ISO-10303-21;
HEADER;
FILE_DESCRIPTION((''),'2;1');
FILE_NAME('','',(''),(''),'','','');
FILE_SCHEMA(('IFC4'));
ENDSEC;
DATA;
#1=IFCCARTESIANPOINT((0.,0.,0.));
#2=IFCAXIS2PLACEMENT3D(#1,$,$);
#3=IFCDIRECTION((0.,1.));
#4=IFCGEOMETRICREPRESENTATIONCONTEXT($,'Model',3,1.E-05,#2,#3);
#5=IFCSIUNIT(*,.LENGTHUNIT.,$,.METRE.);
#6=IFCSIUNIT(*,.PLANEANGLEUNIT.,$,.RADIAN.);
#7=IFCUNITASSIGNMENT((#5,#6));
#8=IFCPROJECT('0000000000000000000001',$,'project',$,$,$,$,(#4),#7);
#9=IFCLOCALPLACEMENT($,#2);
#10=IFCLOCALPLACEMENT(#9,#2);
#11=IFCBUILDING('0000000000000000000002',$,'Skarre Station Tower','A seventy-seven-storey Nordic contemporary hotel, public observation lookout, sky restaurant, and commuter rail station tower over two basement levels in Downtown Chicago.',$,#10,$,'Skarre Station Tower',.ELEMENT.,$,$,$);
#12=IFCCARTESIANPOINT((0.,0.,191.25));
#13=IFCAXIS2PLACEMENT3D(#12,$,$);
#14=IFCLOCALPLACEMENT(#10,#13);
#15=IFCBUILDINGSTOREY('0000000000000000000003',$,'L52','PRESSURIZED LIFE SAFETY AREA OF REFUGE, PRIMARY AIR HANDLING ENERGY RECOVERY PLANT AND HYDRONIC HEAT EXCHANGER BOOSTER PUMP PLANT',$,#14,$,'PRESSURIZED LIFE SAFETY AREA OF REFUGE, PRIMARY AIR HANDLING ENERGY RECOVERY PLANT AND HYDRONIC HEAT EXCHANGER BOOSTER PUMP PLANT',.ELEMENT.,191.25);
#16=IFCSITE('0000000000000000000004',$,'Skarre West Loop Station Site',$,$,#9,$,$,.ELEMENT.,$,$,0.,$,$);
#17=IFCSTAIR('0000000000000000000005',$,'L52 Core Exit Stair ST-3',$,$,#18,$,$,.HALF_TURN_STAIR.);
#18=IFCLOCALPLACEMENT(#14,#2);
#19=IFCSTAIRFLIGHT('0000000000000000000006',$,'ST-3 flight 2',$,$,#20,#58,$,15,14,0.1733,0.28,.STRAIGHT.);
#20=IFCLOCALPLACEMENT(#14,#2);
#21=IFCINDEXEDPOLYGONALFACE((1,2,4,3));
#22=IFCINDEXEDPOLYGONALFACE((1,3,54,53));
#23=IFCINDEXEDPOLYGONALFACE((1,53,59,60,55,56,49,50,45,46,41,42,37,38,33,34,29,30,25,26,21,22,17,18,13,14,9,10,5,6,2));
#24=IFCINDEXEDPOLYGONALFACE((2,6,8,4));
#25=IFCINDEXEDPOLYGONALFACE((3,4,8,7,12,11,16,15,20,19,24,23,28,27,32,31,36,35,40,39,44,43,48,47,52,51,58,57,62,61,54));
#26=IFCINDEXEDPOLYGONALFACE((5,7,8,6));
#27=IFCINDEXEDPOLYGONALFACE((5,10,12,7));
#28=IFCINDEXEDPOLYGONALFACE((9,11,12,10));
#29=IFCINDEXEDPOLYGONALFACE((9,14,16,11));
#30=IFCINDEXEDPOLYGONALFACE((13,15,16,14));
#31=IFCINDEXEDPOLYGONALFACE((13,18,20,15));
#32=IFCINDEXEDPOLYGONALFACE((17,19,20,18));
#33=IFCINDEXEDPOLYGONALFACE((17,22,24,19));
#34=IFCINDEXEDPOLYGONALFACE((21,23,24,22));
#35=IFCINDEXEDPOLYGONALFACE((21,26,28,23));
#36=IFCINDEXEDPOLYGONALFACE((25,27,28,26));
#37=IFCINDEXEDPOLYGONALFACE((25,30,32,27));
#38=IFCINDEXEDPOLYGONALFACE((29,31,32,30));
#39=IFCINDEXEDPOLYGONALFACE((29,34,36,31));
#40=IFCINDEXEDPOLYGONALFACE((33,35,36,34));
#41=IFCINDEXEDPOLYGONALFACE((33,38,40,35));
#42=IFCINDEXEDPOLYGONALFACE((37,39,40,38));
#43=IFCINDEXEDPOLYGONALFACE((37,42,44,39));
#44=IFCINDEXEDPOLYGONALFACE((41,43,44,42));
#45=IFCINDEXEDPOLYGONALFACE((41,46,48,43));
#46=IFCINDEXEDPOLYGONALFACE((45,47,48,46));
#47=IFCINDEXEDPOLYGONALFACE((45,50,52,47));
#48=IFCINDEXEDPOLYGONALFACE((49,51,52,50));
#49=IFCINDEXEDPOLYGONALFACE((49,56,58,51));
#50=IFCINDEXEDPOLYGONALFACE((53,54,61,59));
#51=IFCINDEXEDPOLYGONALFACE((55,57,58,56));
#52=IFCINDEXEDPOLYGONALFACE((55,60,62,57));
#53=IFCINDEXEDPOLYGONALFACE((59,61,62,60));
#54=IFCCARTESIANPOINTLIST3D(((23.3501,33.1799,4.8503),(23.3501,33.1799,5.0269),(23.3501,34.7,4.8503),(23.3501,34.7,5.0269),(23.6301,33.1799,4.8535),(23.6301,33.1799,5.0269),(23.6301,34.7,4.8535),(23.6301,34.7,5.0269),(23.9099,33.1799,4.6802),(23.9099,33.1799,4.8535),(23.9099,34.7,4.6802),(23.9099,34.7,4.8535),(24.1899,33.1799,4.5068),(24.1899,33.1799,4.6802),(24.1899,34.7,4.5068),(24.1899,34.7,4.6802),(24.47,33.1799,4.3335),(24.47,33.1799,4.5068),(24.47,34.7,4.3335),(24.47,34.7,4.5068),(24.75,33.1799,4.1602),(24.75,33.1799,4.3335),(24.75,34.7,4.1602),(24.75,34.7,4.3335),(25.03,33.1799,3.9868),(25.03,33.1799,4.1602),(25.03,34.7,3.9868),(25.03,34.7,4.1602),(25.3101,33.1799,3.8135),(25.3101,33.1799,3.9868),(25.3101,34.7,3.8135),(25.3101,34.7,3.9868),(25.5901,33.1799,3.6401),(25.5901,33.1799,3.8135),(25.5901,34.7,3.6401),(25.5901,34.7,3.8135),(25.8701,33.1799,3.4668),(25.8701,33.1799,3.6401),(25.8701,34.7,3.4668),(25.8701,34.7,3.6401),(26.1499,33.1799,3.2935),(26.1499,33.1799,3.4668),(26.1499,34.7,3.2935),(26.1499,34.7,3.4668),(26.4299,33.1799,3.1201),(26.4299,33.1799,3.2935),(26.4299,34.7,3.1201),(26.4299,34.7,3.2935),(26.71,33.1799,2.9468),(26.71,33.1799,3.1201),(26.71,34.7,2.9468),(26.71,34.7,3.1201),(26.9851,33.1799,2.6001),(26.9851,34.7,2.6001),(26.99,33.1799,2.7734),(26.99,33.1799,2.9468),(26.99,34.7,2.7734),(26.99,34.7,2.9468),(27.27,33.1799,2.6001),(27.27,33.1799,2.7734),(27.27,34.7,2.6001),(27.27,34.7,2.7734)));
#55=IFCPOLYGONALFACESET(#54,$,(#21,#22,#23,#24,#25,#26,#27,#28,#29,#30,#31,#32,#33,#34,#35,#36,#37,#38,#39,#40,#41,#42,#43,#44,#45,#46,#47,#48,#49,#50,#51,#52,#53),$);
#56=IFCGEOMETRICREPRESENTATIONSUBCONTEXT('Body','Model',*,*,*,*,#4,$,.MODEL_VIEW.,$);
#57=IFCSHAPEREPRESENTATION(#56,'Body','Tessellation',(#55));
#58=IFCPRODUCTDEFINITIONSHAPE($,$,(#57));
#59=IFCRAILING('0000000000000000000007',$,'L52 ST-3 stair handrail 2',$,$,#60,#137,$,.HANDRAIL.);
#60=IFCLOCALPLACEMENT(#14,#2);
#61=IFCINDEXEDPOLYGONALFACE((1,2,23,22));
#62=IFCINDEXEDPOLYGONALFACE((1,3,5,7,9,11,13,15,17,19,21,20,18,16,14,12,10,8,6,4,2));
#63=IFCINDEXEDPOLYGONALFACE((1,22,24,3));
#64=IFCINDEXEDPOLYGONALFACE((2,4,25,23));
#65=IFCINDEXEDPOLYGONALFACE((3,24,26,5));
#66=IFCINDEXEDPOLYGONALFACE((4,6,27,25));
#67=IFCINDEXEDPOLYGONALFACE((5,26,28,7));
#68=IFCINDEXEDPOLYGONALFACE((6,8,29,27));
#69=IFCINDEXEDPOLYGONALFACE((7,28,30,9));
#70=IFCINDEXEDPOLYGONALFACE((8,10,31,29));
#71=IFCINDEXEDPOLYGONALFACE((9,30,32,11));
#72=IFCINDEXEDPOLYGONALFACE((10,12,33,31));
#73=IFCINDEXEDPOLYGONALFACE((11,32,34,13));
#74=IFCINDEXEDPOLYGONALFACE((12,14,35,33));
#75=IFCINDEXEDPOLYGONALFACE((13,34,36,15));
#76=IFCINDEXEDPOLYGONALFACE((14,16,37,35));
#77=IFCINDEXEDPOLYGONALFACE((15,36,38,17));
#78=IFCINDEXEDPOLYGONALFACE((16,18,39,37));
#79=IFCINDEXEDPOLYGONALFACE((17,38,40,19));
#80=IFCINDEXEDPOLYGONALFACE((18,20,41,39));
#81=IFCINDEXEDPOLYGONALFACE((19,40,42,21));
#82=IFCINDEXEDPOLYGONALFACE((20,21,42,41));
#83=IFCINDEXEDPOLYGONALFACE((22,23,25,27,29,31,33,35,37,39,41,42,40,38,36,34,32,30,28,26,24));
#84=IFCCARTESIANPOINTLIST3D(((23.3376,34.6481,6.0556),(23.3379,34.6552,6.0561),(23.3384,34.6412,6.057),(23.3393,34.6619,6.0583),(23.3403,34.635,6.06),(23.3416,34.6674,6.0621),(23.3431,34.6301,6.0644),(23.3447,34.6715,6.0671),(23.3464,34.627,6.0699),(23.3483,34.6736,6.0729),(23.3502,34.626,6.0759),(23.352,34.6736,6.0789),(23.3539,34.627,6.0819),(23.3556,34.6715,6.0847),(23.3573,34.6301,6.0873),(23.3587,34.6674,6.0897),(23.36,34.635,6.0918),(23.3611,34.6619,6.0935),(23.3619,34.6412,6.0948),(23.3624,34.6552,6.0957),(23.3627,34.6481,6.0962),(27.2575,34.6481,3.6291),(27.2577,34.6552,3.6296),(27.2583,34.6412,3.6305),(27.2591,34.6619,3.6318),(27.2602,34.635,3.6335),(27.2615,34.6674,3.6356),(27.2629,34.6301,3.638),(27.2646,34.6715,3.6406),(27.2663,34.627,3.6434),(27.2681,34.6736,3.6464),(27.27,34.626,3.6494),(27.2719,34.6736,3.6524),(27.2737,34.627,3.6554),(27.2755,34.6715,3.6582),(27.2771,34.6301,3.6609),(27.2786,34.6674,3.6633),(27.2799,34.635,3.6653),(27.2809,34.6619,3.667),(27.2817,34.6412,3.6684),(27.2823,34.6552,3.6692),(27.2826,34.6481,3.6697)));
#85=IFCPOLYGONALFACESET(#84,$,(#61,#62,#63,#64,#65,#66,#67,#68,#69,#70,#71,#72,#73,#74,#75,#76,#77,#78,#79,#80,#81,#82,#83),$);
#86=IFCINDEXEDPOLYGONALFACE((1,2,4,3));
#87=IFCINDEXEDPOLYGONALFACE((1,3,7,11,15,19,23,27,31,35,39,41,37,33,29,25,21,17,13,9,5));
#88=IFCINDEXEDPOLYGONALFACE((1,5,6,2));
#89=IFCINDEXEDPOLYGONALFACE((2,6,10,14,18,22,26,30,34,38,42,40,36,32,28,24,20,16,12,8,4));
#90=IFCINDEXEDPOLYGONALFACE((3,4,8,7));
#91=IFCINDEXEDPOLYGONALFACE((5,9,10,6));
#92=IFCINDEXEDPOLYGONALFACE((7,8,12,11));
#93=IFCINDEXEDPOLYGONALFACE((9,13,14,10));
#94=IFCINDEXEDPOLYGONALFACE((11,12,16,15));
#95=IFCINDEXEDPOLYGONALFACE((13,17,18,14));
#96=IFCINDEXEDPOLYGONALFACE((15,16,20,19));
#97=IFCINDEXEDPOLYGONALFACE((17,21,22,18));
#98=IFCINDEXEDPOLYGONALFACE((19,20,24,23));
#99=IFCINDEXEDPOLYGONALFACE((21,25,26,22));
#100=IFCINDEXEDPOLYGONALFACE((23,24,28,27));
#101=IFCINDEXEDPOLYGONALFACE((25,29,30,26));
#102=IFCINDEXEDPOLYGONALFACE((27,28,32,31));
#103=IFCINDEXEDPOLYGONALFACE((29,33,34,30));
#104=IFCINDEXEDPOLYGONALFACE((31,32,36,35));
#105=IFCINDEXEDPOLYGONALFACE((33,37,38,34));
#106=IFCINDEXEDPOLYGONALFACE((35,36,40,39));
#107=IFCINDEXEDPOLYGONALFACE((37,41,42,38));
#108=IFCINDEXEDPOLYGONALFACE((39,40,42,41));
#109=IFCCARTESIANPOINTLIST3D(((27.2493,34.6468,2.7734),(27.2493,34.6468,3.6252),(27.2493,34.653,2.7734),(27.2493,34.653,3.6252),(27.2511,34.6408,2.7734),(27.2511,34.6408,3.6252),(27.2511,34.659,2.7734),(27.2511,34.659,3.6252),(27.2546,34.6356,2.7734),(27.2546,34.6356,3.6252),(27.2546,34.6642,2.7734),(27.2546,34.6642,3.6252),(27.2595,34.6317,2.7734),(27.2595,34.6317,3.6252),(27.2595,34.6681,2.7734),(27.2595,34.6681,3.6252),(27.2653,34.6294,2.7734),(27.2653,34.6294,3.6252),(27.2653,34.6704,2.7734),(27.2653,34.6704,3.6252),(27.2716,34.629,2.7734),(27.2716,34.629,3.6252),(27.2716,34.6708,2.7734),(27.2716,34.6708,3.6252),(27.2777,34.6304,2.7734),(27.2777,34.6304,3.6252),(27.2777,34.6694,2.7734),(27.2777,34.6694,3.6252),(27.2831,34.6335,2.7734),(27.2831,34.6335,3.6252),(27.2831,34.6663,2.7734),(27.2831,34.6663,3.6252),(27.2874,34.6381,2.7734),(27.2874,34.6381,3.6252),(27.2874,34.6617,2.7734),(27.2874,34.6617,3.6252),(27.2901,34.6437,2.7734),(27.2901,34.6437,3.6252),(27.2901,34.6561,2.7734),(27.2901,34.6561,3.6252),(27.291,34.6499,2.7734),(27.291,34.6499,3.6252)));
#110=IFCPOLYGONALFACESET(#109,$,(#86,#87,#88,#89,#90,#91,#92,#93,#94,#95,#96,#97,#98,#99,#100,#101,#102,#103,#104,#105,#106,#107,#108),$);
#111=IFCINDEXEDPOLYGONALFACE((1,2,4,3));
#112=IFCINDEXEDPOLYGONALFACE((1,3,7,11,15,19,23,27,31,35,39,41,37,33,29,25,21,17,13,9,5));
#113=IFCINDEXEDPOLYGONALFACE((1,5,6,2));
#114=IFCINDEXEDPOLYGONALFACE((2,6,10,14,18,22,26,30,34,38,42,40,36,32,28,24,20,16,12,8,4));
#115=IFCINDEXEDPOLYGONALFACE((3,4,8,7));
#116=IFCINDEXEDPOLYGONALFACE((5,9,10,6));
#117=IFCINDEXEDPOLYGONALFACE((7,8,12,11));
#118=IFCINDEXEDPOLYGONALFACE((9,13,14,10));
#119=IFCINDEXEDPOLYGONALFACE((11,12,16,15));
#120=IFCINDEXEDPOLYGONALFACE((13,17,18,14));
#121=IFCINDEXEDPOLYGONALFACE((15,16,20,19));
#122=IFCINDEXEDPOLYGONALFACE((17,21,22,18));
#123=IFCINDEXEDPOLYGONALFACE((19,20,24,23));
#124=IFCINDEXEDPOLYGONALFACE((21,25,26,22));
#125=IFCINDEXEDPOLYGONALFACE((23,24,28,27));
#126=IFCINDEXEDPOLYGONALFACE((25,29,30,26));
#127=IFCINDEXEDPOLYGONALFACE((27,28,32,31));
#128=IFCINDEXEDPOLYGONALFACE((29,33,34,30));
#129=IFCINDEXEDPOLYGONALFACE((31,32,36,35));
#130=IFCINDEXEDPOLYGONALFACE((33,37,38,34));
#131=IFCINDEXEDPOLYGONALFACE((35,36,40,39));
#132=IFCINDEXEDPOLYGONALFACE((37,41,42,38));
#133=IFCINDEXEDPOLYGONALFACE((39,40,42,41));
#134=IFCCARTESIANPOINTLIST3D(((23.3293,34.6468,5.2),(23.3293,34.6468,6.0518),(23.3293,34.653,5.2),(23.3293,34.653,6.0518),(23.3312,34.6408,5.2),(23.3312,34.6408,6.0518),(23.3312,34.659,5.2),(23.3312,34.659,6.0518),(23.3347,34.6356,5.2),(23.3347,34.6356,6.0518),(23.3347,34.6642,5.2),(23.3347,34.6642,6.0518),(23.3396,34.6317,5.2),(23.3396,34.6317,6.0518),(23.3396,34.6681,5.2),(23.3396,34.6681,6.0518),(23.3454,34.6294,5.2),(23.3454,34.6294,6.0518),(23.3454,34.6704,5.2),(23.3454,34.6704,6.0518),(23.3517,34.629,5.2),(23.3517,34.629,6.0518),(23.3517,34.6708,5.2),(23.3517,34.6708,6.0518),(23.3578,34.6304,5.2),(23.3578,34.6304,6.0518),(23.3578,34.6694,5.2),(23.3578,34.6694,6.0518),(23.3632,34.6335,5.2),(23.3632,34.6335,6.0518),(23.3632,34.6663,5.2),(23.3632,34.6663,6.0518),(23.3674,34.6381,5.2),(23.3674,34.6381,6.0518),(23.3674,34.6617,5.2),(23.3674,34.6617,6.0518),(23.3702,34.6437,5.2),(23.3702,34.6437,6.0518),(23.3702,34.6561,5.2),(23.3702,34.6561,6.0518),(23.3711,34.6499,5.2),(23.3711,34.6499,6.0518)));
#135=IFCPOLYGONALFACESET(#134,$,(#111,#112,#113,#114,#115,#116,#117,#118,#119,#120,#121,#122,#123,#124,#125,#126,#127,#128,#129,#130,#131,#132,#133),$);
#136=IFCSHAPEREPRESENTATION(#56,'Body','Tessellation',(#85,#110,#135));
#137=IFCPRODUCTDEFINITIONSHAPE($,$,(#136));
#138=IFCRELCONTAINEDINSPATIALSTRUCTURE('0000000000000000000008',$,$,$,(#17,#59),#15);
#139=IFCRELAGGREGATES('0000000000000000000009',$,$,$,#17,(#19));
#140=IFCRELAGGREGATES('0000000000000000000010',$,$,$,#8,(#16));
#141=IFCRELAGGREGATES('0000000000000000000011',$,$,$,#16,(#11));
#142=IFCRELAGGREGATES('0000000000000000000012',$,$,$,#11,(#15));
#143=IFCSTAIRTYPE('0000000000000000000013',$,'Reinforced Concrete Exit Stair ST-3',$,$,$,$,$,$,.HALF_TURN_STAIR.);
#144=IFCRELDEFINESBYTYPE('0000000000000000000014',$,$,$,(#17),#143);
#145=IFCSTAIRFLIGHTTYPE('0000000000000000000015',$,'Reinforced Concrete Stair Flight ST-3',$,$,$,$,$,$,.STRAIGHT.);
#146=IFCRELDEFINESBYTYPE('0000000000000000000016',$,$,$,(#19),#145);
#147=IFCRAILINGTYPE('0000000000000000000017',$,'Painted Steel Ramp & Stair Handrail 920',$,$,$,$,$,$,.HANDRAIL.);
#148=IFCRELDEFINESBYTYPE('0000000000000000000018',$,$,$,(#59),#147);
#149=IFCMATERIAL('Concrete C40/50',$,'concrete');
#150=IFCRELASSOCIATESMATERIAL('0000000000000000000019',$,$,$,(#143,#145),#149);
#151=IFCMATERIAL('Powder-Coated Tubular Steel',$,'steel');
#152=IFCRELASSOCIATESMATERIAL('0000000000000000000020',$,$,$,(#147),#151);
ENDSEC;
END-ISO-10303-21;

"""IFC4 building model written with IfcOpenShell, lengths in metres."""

from ifc_helpers import new_model, si_unit, direction, frame, origin, origin_2d, place, context, subcontext, project, spatial, polyline, circle, outline, extrude, material, type_object, element, aggregate, save


model = new_model("IFC4")

# Units and contexts
model_context = context("Model", 3, precision=1e-05, world=origin(), true_north=direction((0.0, 1.0)))
body_context = subcontext(model_context, "Body", "Model", "MODEL_VIEW")
ifc_project = project(units=[si_unit("LENGTHUNIT", "METRE"), si_unit("PLANEANGLEUNIT", "RADIAN")], contexts=[model_context])

# Site, building, storey
site_placement = place(None, origin())
site = spatial("IfcSite", under=ifc_project, at=site_placement, Name="Skarre West Loop Station Site", CompositionType="ELEMENT", RefElevation=0.0)
building_placement = place(site_placement, origin())
building = spatial("IfcBuilding", under=site, at=building_placement, Name="Skarre Station Tower", Description="A seventy-seven-storey Nordic contemporary hotel, public observation lookout, sky restaurant, and commuter rail station tower over two basement levels in Downtown Chicago.", LongName="Skarre Station Tower", CompositionType="ELEMENT")
storey_placement = place(building_placement, frame((0.0, 0.0, 191.25)))
storey = spatial("IfcBuildingStorey", under=building, at=storey_placement, Name="L52", Description="PRESSURIZED LIFE SAFETY AREA OF REFUGE, PRIMARY AIR HANDLING ENERGY RECOVERY PLANT AND HYDRONIC HEAT EXCHANGER BOOSTER PUMP PLANT", LongName="PRESSURIZED LIFE SAFETY AREA OF REFUGE, PRIMARY AIR HANDLING ENERGY RECOVERY PLANT AND HYDRONIC HEAT EXCHANGER BOOSTER PUMP PLANT", CompositionType="ELEMENT", Elevation=191.25)

# Stair, stair flight
ifc_material_1 = material(Name="Concrete C40/50", Category="concrete")
stair_type = type_object("IfcStairType", Name="Reinforced Concrete Exit Stair ST-3", PredefinedType="HALF_TURN_STAIR", material=ifc_material_1)
stair_placement = place(storey_placement, origin())
stair = element("IfcStair", 1, at=stair_placement, inside=storey, type_object=stair_type, Name="L52 Core Exit Stair ST-3", PredefinedType="HALF_TURN_STAIR")
stair_flight_type = type_object("IfcStairFlightType", Name="Reinforced Concrete Stair Flight ST-3", PredefinedType="STRAIGHT", material=ifc_material_1)
stair_flight_placement = place(storey_placement, frame((27.27, 33.9399, 2.6001), z_axis=(0.0, 0.0, 1.0), x_axis=(-1.0, 0.0, 0.0)))
stair_flight = element("IfcStairFlight", 2, at=stair_flight_placement, type_object=stair_flight_type, Name="ST-3 flight 2", NumberOfRisers=15, NumberOfTreads=14, PredefinedType="STRAIGHT", RiserHeight=0.1733, TreadLength=0.28, context=body_context, shape_type="SweptSolid", body=[
    extrude(outline(polyline([(0.0, 0.0), (0.0, 0.1733), (0.28, 0.1733), (0.28, 0.3467), (0.5601, 0.3467), (0.5601, 0.52), (0.8401, 0.52), (0.8401, 0.6934), (1.1201, 0.6934), (1.1201, 0.8667), (1.3999, 0.8667), (1.3999, 1.04), (1.6799, 1.04), (1.6799, 1.2134), (1.96, 1.2134), (1.96, 1.3867), (2.24, 1.3867), (2.24, 1.5601), (2.52, 1.5601), (2.52, 1.7334), (2.8, 1.7334), (2.8, 1.9067), (3.0801, 1.9067), (3.0801, 2.0801), (3.3601, 2.0801), (3.3601, 2.2534), (3.6399, 2.2534), (3.6399, 2.4268), (3.9199, 2.4268), (3.9199, 2.6001), (3.9199, 2.2502), (0.2849, 0.0), (0.0, 0.0)])), frame((0.0, 0.76, 0.0), z_axis=(0.0, -1.0, 0.0), x_axis=(1.0, 0.0, 0.0)), (0.0, 0.0, 1.0), 1.52),
])
aggregate(stair, [stair_flight])

# Railing
ifc_material_2 = material(Name="Powder-Coated Tubular Steel", Category="steel")
railing_type_1 = type_object("IfcRailingType", Name="Painted Steel Ramp & Stair Handrail 920", PredefinedType="HANDRAIL", material=ifc_material_2)
railing_1_placement = place(storey_placement, frame((27.27, 34.6499, 2.7734)))
element("IfcRailing", 3, at=railing_1_placement, inside=storey, type_object=railing_type_1, Name="L52 ST-3 stair handrail 2", PredefinedType="HANDRAIL", context=body_context, shape_type="SweptSolid", body=[
    extrude(circle(Radius=0.0239, at=origin_2d()), frame((0.0, 0.0, 0.876), z_axis=(-0.850275, 0.0, 0.526338), x_axis=(0.0, -1.0, 0.0)), (0.0, 0.0, 1.0), 4.6101),
    extrude(circle(Radius=0.021, at=origin_2d()), origin(), (0.0, 0.0, 1.0), 0.8518),
    extrude(circle(Radius=0.021, at=origin_2d()), frame((-3.9199, 0.0, 2.4265)), (0.0, 0.0, 1.0), 0.8518),
])

save(model, "model.ifc")
